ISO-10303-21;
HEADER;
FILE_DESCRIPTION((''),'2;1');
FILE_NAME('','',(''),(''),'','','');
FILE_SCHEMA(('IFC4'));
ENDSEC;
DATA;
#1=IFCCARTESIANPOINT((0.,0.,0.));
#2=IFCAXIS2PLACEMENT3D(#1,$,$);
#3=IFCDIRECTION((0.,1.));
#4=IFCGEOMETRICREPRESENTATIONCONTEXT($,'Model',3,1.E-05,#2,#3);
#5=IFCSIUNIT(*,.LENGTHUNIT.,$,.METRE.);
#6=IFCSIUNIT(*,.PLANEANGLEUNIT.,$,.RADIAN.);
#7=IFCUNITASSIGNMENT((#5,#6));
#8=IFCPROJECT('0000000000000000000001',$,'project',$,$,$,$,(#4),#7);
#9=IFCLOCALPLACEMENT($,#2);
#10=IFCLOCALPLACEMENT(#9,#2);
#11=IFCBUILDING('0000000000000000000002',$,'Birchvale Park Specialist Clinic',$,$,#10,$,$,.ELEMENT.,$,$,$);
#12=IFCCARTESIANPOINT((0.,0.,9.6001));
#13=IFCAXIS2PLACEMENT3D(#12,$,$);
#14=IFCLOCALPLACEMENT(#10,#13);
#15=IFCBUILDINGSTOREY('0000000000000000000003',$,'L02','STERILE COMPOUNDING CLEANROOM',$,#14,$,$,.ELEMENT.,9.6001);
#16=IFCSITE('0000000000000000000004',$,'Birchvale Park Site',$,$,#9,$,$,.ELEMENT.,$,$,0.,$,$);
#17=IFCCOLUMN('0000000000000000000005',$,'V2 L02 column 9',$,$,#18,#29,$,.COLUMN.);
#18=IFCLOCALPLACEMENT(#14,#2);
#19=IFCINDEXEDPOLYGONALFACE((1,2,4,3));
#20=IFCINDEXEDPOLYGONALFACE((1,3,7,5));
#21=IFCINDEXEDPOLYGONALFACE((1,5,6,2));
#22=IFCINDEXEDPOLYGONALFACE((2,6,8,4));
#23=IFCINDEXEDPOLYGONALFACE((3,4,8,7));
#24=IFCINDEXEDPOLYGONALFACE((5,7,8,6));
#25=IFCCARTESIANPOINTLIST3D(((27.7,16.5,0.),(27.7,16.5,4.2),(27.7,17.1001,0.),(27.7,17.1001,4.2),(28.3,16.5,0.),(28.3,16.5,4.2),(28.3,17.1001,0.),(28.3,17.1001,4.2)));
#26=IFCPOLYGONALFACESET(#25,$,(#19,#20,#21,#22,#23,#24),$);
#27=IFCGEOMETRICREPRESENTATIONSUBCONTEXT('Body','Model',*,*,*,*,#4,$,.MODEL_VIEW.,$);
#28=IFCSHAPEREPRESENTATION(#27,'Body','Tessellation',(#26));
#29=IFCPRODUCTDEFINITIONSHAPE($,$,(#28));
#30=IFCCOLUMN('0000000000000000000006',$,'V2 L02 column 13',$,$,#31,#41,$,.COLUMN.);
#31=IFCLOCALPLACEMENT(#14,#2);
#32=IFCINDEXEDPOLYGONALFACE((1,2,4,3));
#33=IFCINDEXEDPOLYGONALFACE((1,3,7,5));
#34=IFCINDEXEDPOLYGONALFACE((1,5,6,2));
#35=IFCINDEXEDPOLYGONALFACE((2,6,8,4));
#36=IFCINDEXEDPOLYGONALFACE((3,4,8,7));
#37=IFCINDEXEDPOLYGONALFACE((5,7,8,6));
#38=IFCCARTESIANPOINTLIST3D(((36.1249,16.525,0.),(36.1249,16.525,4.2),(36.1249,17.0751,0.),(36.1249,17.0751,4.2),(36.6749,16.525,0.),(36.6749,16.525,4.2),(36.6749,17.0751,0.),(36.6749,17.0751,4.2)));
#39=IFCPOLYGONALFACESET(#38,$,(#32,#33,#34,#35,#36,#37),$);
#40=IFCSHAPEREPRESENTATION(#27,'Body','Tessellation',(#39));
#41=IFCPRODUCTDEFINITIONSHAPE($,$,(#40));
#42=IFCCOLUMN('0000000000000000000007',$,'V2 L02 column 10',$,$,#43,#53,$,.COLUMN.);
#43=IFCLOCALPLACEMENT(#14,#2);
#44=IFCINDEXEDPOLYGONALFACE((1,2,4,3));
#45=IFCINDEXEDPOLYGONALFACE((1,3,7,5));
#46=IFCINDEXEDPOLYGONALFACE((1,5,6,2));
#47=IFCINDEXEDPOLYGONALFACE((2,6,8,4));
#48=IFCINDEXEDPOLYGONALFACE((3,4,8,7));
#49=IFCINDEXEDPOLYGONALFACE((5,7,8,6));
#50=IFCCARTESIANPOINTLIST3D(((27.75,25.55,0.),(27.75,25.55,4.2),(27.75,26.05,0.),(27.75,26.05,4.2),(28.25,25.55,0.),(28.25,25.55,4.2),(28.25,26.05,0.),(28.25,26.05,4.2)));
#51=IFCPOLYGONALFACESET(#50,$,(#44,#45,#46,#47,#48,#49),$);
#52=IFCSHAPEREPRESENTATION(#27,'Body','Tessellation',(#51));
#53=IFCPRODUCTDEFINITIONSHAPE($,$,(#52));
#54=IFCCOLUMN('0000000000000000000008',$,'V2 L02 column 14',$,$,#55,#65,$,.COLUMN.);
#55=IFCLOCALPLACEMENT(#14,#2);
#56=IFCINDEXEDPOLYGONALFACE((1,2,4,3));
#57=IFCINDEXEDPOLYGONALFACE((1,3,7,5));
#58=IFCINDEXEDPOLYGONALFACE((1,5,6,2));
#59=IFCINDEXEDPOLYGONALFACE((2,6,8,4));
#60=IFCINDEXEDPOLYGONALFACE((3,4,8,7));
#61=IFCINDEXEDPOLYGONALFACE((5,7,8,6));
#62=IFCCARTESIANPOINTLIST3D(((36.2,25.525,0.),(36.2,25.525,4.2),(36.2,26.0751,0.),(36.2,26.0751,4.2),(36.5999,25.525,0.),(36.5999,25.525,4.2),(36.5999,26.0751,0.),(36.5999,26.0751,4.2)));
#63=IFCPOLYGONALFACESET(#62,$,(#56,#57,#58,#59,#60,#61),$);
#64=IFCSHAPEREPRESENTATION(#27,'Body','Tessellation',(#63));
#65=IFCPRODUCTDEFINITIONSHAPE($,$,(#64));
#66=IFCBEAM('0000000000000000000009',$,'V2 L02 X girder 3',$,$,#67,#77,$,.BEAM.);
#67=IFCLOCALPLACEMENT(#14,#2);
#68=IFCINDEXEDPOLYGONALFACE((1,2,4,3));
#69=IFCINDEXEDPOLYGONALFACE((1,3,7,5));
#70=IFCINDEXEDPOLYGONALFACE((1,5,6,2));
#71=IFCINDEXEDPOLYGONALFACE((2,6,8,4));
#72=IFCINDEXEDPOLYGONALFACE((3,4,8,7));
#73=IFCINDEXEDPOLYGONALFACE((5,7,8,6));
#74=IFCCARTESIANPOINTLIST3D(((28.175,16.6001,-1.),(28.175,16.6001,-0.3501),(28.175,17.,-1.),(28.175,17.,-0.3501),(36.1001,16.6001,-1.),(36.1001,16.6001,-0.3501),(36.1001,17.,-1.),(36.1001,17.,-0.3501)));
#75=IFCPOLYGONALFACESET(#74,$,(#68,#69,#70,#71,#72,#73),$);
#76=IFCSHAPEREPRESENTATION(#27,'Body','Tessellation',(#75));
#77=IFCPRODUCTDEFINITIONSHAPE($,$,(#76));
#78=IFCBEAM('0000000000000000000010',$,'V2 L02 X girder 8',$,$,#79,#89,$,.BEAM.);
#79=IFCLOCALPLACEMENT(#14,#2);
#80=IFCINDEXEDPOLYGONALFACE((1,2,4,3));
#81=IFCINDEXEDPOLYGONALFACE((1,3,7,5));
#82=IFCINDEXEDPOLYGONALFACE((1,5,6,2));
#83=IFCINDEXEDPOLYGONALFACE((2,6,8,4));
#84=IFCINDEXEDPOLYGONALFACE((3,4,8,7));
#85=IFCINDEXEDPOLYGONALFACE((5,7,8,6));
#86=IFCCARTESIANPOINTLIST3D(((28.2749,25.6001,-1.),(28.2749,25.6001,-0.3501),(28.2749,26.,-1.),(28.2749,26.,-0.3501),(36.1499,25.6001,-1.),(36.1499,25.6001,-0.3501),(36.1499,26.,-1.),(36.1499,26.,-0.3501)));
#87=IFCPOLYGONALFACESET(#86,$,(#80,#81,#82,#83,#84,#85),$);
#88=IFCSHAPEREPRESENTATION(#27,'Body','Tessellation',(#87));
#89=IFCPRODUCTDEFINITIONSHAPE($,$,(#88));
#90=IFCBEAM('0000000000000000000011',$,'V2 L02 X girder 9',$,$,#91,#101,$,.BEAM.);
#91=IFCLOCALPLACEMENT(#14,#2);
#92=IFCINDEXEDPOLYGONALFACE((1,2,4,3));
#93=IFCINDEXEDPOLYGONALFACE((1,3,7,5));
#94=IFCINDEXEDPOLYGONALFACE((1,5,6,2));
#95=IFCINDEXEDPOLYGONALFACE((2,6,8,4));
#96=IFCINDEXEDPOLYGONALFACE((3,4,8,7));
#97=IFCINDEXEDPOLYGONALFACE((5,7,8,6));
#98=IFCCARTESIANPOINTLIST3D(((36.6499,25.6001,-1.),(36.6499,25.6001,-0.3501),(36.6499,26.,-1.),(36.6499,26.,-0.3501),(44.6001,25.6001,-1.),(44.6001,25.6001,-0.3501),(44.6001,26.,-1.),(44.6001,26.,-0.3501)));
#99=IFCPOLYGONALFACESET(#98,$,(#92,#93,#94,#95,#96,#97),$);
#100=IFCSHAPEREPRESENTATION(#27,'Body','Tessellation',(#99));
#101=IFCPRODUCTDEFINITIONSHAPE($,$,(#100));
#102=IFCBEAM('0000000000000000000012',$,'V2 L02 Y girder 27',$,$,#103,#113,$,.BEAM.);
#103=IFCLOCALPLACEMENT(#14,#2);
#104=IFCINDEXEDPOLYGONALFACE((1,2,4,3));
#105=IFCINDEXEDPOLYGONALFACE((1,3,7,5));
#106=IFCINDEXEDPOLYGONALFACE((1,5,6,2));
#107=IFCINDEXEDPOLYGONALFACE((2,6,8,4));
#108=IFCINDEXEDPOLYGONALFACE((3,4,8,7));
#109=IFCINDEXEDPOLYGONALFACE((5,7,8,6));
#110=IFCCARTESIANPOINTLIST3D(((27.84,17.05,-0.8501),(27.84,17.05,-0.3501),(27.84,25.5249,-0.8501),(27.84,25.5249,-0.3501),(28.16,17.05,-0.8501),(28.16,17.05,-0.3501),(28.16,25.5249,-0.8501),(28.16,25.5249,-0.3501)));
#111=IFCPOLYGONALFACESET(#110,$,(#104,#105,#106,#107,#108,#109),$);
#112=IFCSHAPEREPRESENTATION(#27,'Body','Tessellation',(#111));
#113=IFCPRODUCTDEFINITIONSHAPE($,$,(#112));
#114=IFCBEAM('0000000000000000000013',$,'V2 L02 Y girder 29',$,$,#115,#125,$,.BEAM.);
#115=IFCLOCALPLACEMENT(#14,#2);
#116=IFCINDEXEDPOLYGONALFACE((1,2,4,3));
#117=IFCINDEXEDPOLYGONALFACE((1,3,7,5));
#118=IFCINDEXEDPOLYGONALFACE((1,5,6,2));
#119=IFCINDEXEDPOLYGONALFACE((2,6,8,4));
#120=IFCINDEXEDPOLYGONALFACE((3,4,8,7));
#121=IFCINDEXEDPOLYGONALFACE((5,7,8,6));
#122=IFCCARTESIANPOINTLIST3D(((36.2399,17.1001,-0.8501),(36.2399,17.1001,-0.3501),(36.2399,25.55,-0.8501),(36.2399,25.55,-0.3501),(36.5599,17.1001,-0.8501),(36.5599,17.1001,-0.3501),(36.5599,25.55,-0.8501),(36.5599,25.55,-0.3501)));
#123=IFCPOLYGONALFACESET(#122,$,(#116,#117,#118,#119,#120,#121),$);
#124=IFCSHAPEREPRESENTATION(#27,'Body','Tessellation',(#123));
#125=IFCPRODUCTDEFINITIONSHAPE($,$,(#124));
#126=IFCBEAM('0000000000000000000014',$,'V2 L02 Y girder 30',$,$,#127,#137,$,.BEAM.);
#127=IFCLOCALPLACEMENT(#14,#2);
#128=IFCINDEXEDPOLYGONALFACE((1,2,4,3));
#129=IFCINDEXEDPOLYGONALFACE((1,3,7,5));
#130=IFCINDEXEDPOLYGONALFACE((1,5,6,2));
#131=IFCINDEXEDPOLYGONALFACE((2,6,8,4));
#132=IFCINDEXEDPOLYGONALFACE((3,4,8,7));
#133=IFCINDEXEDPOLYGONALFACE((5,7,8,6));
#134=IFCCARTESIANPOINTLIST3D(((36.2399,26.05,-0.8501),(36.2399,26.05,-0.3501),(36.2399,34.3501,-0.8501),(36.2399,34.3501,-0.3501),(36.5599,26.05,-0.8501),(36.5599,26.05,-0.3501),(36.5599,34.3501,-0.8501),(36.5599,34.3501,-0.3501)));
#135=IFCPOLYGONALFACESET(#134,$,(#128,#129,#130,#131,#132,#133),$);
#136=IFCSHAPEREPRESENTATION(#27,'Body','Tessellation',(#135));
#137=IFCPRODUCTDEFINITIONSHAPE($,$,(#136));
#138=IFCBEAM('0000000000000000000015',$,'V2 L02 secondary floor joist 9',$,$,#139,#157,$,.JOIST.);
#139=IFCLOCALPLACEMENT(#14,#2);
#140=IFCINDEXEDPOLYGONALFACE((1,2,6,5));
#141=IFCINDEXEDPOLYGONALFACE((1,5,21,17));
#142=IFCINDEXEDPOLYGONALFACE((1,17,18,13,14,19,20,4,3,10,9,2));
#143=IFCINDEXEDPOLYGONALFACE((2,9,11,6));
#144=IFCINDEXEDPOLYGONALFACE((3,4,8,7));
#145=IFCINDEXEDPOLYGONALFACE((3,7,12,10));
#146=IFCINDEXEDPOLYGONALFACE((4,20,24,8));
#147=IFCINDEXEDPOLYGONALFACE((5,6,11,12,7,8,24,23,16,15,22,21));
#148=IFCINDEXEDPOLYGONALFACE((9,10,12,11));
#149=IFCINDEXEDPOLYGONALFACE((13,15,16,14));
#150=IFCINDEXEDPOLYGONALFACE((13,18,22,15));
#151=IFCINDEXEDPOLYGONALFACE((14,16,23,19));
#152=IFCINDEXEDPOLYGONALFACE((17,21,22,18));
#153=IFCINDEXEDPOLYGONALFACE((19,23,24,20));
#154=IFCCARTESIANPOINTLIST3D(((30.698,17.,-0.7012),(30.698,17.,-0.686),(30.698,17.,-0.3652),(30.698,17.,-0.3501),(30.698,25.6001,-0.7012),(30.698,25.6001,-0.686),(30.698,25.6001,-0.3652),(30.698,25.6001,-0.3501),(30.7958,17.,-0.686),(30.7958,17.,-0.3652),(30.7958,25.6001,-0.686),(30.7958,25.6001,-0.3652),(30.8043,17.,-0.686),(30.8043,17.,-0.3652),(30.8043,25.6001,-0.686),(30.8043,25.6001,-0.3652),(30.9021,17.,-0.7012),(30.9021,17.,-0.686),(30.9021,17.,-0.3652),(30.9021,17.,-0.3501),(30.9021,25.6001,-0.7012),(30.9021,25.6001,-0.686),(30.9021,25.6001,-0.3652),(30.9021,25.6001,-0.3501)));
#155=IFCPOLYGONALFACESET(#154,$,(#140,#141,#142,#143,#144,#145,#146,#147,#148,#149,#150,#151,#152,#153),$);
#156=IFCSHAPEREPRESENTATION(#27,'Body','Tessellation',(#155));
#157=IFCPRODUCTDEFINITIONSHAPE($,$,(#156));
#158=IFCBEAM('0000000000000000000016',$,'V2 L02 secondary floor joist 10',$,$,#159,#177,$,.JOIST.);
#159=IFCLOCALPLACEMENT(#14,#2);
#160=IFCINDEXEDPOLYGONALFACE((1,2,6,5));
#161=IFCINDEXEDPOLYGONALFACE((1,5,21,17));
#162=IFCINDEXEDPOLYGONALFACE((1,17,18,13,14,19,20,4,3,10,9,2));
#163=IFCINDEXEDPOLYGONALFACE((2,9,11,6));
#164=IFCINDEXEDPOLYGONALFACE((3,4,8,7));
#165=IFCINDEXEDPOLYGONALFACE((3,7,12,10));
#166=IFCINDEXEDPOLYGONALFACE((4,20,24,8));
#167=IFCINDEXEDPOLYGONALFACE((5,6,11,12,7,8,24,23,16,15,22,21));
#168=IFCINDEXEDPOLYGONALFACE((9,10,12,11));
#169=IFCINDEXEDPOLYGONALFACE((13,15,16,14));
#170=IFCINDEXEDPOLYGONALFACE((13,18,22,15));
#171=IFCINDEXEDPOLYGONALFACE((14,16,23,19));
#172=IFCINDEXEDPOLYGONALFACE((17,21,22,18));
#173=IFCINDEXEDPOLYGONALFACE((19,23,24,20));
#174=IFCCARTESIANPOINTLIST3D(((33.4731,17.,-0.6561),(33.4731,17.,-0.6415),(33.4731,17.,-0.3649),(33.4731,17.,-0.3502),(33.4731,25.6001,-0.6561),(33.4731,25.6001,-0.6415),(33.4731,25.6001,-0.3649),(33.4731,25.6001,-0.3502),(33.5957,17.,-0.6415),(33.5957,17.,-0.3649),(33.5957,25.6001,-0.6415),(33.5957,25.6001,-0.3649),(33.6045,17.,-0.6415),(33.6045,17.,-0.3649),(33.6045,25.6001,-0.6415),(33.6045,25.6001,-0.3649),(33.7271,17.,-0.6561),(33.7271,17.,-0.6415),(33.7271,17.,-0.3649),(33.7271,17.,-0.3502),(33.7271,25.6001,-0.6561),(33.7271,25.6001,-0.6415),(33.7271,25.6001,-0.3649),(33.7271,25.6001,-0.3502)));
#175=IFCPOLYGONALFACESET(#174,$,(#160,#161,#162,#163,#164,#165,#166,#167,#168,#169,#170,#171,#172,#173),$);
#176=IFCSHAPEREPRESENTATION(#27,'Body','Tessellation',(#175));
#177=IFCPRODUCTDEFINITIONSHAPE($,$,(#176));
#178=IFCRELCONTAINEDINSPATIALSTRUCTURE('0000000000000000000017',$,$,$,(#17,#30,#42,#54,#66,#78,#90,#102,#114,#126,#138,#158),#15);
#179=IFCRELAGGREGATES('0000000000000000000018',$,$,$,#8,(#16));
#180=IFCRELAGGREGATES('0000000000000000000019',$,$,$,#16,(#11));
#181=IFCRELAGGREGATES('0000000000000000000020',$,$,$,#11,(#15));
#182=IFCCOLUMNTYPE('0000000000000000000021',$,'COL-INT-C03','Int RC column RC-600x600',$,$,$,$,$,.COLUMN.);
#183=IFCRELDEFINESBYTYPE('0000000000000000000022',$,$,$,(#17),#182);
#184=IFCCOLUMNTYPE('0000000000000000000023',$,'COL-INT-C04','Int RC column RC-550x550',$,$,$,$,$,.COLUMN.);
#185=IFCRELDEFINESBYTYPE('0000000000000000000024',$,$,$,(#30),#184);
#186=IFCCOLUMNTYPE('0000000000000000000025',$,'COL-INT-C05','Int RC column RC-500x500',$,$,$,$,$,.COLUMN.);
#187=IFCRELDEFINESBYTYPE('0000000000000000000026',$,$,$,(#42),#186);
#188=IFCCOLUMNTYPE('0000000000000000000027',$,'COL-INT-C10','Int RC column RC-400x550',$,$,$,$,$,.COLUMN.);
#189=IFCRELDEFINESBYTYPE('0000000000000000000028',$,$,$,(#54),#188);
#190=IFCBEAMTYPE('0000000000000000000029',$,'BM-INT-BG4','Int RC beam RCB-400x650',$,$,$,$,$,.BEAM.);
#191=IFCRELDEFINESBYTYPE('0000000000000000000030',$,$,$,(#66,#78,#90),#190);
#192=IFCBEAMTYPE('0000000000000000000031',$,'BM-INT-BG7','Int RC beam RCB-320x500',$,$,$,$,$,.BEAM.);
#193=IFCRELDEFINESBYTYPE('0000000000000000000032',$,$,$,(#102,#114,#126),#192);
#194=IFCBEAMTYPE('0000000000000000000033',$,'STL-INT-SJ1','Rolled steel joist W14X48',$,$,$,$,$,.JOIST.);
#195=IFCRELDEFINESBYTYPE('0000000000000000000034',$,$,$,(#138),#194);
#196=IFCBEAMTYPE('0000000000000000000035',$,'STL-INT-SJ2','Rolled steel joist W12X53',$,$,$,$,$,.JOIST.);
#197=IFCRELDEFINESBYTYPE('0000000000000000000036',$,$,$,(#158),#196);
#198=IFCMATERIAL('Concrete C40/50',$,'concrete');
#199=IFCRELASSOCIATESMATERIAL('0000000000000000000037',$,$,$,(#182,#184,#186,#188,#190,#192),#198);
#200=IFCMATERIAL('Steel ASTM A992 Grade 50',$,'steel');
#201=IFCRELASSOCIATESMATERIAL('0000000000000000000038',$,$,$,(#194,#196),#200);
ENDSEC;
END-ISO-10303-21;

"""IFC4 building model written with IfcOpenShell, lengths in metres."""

from ifc_helpers import new_model, si_unit, direction, frame, origin, origin_2d, place, context, subcontext, project, spatial, rectangle, i_section, extrude, material, material_profile, profile_set, type_object, element, save


model = new_model("IFC4")

# Units and contexts
model_context = context("Model", 3, precision=1e-05, world=origin(), true_north=direction((0.0, 1.0)))
body_context = subcontext(model_context, "Body", "Model", "MODEL_VIEW")
ifc_project = project(units=[si_unit("LENGTHUNIT", "METRE"), si_unit("PLANEANGLEUNIT", "RADIAN")], contexts=[model_context])

# Site, building, storey
site_placement = place(None, origin())
site = spatial("IfcSite", under=ifc_project, at=site_placement, Name="Birchvale Park Site", CompositionType="ELEMENT", RefElevation=0.0)
building_placement = place(site_placement, origin())
building = spatial("IfcBuilding", under=site, at=building_placement, Name="Birchvale Park Specialist Clinic", CompositionType="ELEMENT")
storey_placement = place(building_placement, frame((0.0, 0.0, 9.6001)))
storey = spatial("IfcBuildingStorey", under=building, at=storey_placement, Name="L02", Description="STERILE COMPOUNDING CLEANROOM", CompositionType="ELEMENT", Elevation=9.6001)

# Columns
ifc_material_1 = material(Name="Concrete C40/50", Category="concrete")
ifc_material_profile_1 = material_profile(ifc_material_1, rectangle(XDim=0.6001, YDim=0.6001, at=origin_2d()), Name="RC-600x600")
ifc_profile_set_1 = profile_set([ifc_material_profile_1], Name="Concrete C40/50")
column_type_1 = type_object("IfcColumnType", Name="COL-INT-C03", Description="Int RC column RC-600x600", PredefinedType="COLUMN", material=ifc_profile_set_1)
column_1_placement = place(storey_placement, frame((28.0, 16.8, 0.0), z_axis=(0.0, 0.0, 1.0), x_axis=(1.0, 0.0, 0.0)))
element("IfcColumn", 1, at=column_1_placement, inside=storey, type_object=column_type_1, Name="V2 L02 column 9", PredefinedType="COLUMN", context=body_context, shape_type="SweptSolid", body=[
    extrude(rectangle(XDim=0.6001, YDim=0.6001, at=origin_2d()), origin(), (0.0, 0.0, 1.0), 4.2),
])
ifc_material_profile_2 = material_profile(ifc_material_1, rectangle(XDim=0.55, YDim=0.55, at=origin_2d()), Name="RC-550x550")
ifc_profile_set_2 = profile_set([ifc_material_profile_2], Name="Concrete C40/50")
column_type_2 = type_object("IfcColumnType", Name="COL-INT-C04", Description="Int RC column RC-550x550", PredefinedType="COLUMN", material=ifc_profile_set_2)
column_2_placement = place(storey_placement, frame((36.3999, 16.8, 0.0), z_axis=(0.0, 0.0, 1.0), x_axis=(1.0, 0.0, 0.0)))
element("IfcColumn", 2, at=column_2_placement, inside=storey, type_object=column_type_2, Name="V2 L02 column 13", PredefinedType="COLUMN", context=body_context, shape_type="SweptSolid", body=[
    extrude(rectangle(XDim=0.55, YDim=0.55, at=origin_2d()), origin(), (0.0, 0.0, 1.0), 4.2),
])
ifc_material_profile_3 = material_profile(ifc_material_1, rectangle(XDim=0.5, YDim=0.5, at=origin_2d()), Name="RC-500x500")
ifc_profile_set_3 = profile_set([ifc_material_profile_3], Name="Concrete C40/50")
column_type_3 = type_object("IfcColumnType", Name="COL-INT-C05", Description="Int RC column RC-500x500", PredefinedType="COLUMN", material=ifc_profile_set_3)
column_3_placement = place(storey_placement, frame((28.0, 25.8, 0.0), z_axis=(0.0, 0.0, 1.0), x_axis=(1.0, 0.0, 0.0)))
element("IfcColumn", 3, at=column_3_placement, inside=storey, type_object=column_type_3, Name="V2 L02 column 10", PredefinedType="COLUMN", context=body_context, shape_type="SweptSolid", body=[
    extrude(rectangle(XDim=0.5, YDim=0.5, at=origin_2d()), origin(), (0.0, 0.0, 1.0), 4.2),
])
ifc_material_profile_4 = material_profile(ifc_material_1, rectangle(XDim=0.3999, YDim=0.55, at=origin_2d()), Name="RC-400x550")
ifc_profile_set_4 = profile_set([ifc_material_profile_4], Name="Concrete C40/50")
column_type_4 = type_object("IfcColumnType", Name="COL-INT-C10", Description="Int RC column RC-400x550", PredefinedType="COLUMN", material=ifc_profile_set_4)
column_4_placement = place(storey_placement, frame((36.3999, 25.8, 0.0), z_axis=(0.0, 0.0, 1.0), x_axis=(1.0, 0.0, 0.0)))
element("IfcColumn", 4, at=column_4_placement, inside=storey, type_object=column_type_4, Name="V2 L02 column 14", PredefinedType="COLUMN", context=body_context, shape_type="SweptSolid", body=[
    extrude(rectangle(XDim=0.3999, YDim=0.55, at=origin_2d()), origin(), (0.0, 0.0, 1.0), 4.2),
])

# Beams
ifc_material_profile_5 = material_profile(ifc_material_1, rectangle(XDim=0.3999, YDim=0.6499, at=origin_2d()), Name="RCB-400x650")
ifc_profile_set_5 = profile_set([ifc_material_profile_5], Name="Concrete C40/50")
beam_type_1 = type_object("IfcBeamType", Name="BM-INT-BG4", Description="Int RC beam RCB-400x650", PredefinedType="BEAM", material=ifc_profile_set_5)
beam_1_placement = place(storey_placement, frame((28.175, 16.8, -0.675), z_axis=(1.0, 0.0, 0.0), x_axis=(0.0, 1.0, 0.0)))
element("IfcBeam", 5, at=beam_1_placement, inside=storey, type_object=beam_type_1, Name="V2 L02 X girder 3", PredefinedType="BEAM", context=body_context, shape_type="SweptSolid", body=[
    extrude(rectangle(XDim=0.3999, YDim=0.6499, at=origin_2d()), origin(), (0.0, 0.0, 1.0), 7.925),
])
beam_2_placement = place(storey_placement, frame((28.2749, 25.8, -0.675), z_axis=(1.0, 0.0, 0.0), x_axis=(0.0, 1.0, 0.0)))
element("IfcBeam", 6, at=beam_2_placement, inside=storey, type_object=beam_type_1, Name="V2 L02 X girder 8", PredefinedType="BEAM", context=body_context, shape_type="SweptSolid", body=[
    extrude(rectangle(XDim=0.3999, YDim=0.6499, at=origin_2d()), origin(), (0.0, 0.0, 1.0), 7.875),
])
beam_3_placement = place(storey_placement, frame((36.6499, 25.8, -0.675), z_axis=(1.0, 0.0, 0.0), x_axis=(0.0, 1.0, 0.0)))
element("IfcBeam", 7, at=beam_3_placement, inside=storey, type_object=beam_type_1, Name="V2 L02 X girder 9", PredefinedType="BEAM", context=body_context, shape_type="SweptSolid", body=[
    extrude(rectangle(XDim=0.3999, YDim=0.6499, at=origin_2d()), origin(), (0.0, 0.0, 1.0), 7.9502),
])
ifc_material_profile_6 = material_profile(ifc_material_1, rectangle(XDim=0.3201, YDim=0.5, at=origin_2d()), Name="RCB-320x500")
ifc_profile_set_6 = profile_set([ifc_material_profile_6], Name="Concrete C40/50")
beam_type_2 = type_object("IfcBeamType", Name="BM-INT-BG7", Description="Int RC beam RCB-320x500", PredefinedType="BEAM", material=ifc_profile_set_6)
beam_4_placement = place(storey_placement, frame((28.0, 17.05, -0.6001), z_axis=(0.0, 1.0, 0.0), x_axis=(-1.0, 0.0, 0.0)))
element("IfcBeam", 8, at=beam_4_placement, inside=storey, type_object=beam_type_2, Name="V2 L02 Y girder 27", PredefinedType="BEAM", context=body_context, shape_type="SweptSolid", body=[
    extrude(rectangle(XDim=0.3201, YDim=0.5, at=origin_2d()), origin(), (0.0, 0.0, 1.0), 8.4749),
])
beam_5_placement = place(storey_placement, frame((36.3999, 17.1001, -0.6001), z_axis=(0.0, 1.0, 0.0), x_axis=(-1.0, 0.0, 0.0)))
element("IfcBeam", 9, at=beam_5_placement, inside=storey, type_object=beam_type_2, Name="V2 L02 Y girder 29", PredefinedType="BEAM", context=body_context, shape_type="SweptSolid", body=[
    extrude(rectangle(XDim=0.3201, YDim=0.5, at=origin_2d()), origin(), (0.0, 0.0, 1.0), 8.45),
])
beam_6_placement = place(storey_placement, frame((36.3999, 26.05, -0.6001), z_axis=(0.0, 1.0, 0.0), x_axis=(-1.0, 0.0, 0.0)))
element("IfcBeam", 10, at=beam_6_placement, inside=storey, type_object=beam_type_2, Name="V2 L02 Y girder 30", PredefinedType="BEAM", context=body_context, shape_type="SweptSolid", body=[
    extrude(rectangle(XDim=0.3201, YDim=0.5, at=origin_2d()), origin(), (0.0, 0.0, 1.0), 8.3),
])
ifc_material_2 = material(Name="Steel ASTM A992 Grade 50", Category="steel")
ifc_material_profile_7 = material_profile(ifc_material_2, i_section(OverallWidth=0.2041, OverallDepth=0.3511, WebThickness=0.0085, FlangeThickness=0.0151, at=origin_2d()), Name="W14X48")
ifc_profile_set_7 = profile_set([ifc_material_profile_7], Name="Steel ASTM A992 Grade 50")
beam_type_3 = type_object("IfcBeamType", Name="STL-INT-SJ1", Description="Rolled steel joist W14X48", PredefinedType="JOIST", material=ifc_profile_set_7)
beam_7_placement = place(storey_placement, frame((30.8, 17.0, -0.5256), z_axis=(0.0, 1.0, 0.0), x_axis=(-1.0, 0.0, 0.0)))
element("IfcBeam", 11, at=beam_7_placement, inside=storey, type_object=beam_type_3, Name="V2 L02 secondary floor joist 9", PredefinedType="JOIST", context=body_context, shape_type="SweptSolid", body=[
    extrude(i_section(OverallWidth=0.2041, OverallDepth=0.3511, WebThickness=0.0085, FlangeThickness=0.0151, at=origin_2d()), origin(), (0.0, 0.0, 1.0), 8.6001),
])
ifc_material_profile_8 = material_profile(ifc_material_2, i_section(OverallWidth=0.2539, OverallDepth=0.3059, WebThickness=0.0088, FlangeThickness=0.0146, at=origin_2d()), Name="W12X53")
ifc_profile_set_8 = profile_set([ifc_material_profile_8], Name="Steel ASTM A992 Grade 50")
beam_type_4 = type_object("IfcBeamType", Name="STL-INT-SJ2", Description="Rolled steel joist W12X53", PredefinedType="JOIST", material=ifc_profile_set_8)
beam_8_placement = place(storey_placement, frame((33.6001, 17.0, -0.5032), z_axis=(0.0, 1.0, 0.0), x_axis=(-1.0, 0.0, 0.0)))
element("IfcBeam", 12, at=beam_8_placement, inside=storey, type_object=beam_type_4, Name="V2 L02 secondary floor joist 10", PredefinedType="JOIST", context=body_context, shape_type="SweptSolid", body=[
    extrude(i_section(OverallWidth=0.2539, OverallDepth=0.3059, WebThickness=0.0088, FlangeThickness=0.0146, at=origin_2d()), origin(), (0.0, 0.0, 1.0), 8.6001),
])

save(model, "model.ifc")
